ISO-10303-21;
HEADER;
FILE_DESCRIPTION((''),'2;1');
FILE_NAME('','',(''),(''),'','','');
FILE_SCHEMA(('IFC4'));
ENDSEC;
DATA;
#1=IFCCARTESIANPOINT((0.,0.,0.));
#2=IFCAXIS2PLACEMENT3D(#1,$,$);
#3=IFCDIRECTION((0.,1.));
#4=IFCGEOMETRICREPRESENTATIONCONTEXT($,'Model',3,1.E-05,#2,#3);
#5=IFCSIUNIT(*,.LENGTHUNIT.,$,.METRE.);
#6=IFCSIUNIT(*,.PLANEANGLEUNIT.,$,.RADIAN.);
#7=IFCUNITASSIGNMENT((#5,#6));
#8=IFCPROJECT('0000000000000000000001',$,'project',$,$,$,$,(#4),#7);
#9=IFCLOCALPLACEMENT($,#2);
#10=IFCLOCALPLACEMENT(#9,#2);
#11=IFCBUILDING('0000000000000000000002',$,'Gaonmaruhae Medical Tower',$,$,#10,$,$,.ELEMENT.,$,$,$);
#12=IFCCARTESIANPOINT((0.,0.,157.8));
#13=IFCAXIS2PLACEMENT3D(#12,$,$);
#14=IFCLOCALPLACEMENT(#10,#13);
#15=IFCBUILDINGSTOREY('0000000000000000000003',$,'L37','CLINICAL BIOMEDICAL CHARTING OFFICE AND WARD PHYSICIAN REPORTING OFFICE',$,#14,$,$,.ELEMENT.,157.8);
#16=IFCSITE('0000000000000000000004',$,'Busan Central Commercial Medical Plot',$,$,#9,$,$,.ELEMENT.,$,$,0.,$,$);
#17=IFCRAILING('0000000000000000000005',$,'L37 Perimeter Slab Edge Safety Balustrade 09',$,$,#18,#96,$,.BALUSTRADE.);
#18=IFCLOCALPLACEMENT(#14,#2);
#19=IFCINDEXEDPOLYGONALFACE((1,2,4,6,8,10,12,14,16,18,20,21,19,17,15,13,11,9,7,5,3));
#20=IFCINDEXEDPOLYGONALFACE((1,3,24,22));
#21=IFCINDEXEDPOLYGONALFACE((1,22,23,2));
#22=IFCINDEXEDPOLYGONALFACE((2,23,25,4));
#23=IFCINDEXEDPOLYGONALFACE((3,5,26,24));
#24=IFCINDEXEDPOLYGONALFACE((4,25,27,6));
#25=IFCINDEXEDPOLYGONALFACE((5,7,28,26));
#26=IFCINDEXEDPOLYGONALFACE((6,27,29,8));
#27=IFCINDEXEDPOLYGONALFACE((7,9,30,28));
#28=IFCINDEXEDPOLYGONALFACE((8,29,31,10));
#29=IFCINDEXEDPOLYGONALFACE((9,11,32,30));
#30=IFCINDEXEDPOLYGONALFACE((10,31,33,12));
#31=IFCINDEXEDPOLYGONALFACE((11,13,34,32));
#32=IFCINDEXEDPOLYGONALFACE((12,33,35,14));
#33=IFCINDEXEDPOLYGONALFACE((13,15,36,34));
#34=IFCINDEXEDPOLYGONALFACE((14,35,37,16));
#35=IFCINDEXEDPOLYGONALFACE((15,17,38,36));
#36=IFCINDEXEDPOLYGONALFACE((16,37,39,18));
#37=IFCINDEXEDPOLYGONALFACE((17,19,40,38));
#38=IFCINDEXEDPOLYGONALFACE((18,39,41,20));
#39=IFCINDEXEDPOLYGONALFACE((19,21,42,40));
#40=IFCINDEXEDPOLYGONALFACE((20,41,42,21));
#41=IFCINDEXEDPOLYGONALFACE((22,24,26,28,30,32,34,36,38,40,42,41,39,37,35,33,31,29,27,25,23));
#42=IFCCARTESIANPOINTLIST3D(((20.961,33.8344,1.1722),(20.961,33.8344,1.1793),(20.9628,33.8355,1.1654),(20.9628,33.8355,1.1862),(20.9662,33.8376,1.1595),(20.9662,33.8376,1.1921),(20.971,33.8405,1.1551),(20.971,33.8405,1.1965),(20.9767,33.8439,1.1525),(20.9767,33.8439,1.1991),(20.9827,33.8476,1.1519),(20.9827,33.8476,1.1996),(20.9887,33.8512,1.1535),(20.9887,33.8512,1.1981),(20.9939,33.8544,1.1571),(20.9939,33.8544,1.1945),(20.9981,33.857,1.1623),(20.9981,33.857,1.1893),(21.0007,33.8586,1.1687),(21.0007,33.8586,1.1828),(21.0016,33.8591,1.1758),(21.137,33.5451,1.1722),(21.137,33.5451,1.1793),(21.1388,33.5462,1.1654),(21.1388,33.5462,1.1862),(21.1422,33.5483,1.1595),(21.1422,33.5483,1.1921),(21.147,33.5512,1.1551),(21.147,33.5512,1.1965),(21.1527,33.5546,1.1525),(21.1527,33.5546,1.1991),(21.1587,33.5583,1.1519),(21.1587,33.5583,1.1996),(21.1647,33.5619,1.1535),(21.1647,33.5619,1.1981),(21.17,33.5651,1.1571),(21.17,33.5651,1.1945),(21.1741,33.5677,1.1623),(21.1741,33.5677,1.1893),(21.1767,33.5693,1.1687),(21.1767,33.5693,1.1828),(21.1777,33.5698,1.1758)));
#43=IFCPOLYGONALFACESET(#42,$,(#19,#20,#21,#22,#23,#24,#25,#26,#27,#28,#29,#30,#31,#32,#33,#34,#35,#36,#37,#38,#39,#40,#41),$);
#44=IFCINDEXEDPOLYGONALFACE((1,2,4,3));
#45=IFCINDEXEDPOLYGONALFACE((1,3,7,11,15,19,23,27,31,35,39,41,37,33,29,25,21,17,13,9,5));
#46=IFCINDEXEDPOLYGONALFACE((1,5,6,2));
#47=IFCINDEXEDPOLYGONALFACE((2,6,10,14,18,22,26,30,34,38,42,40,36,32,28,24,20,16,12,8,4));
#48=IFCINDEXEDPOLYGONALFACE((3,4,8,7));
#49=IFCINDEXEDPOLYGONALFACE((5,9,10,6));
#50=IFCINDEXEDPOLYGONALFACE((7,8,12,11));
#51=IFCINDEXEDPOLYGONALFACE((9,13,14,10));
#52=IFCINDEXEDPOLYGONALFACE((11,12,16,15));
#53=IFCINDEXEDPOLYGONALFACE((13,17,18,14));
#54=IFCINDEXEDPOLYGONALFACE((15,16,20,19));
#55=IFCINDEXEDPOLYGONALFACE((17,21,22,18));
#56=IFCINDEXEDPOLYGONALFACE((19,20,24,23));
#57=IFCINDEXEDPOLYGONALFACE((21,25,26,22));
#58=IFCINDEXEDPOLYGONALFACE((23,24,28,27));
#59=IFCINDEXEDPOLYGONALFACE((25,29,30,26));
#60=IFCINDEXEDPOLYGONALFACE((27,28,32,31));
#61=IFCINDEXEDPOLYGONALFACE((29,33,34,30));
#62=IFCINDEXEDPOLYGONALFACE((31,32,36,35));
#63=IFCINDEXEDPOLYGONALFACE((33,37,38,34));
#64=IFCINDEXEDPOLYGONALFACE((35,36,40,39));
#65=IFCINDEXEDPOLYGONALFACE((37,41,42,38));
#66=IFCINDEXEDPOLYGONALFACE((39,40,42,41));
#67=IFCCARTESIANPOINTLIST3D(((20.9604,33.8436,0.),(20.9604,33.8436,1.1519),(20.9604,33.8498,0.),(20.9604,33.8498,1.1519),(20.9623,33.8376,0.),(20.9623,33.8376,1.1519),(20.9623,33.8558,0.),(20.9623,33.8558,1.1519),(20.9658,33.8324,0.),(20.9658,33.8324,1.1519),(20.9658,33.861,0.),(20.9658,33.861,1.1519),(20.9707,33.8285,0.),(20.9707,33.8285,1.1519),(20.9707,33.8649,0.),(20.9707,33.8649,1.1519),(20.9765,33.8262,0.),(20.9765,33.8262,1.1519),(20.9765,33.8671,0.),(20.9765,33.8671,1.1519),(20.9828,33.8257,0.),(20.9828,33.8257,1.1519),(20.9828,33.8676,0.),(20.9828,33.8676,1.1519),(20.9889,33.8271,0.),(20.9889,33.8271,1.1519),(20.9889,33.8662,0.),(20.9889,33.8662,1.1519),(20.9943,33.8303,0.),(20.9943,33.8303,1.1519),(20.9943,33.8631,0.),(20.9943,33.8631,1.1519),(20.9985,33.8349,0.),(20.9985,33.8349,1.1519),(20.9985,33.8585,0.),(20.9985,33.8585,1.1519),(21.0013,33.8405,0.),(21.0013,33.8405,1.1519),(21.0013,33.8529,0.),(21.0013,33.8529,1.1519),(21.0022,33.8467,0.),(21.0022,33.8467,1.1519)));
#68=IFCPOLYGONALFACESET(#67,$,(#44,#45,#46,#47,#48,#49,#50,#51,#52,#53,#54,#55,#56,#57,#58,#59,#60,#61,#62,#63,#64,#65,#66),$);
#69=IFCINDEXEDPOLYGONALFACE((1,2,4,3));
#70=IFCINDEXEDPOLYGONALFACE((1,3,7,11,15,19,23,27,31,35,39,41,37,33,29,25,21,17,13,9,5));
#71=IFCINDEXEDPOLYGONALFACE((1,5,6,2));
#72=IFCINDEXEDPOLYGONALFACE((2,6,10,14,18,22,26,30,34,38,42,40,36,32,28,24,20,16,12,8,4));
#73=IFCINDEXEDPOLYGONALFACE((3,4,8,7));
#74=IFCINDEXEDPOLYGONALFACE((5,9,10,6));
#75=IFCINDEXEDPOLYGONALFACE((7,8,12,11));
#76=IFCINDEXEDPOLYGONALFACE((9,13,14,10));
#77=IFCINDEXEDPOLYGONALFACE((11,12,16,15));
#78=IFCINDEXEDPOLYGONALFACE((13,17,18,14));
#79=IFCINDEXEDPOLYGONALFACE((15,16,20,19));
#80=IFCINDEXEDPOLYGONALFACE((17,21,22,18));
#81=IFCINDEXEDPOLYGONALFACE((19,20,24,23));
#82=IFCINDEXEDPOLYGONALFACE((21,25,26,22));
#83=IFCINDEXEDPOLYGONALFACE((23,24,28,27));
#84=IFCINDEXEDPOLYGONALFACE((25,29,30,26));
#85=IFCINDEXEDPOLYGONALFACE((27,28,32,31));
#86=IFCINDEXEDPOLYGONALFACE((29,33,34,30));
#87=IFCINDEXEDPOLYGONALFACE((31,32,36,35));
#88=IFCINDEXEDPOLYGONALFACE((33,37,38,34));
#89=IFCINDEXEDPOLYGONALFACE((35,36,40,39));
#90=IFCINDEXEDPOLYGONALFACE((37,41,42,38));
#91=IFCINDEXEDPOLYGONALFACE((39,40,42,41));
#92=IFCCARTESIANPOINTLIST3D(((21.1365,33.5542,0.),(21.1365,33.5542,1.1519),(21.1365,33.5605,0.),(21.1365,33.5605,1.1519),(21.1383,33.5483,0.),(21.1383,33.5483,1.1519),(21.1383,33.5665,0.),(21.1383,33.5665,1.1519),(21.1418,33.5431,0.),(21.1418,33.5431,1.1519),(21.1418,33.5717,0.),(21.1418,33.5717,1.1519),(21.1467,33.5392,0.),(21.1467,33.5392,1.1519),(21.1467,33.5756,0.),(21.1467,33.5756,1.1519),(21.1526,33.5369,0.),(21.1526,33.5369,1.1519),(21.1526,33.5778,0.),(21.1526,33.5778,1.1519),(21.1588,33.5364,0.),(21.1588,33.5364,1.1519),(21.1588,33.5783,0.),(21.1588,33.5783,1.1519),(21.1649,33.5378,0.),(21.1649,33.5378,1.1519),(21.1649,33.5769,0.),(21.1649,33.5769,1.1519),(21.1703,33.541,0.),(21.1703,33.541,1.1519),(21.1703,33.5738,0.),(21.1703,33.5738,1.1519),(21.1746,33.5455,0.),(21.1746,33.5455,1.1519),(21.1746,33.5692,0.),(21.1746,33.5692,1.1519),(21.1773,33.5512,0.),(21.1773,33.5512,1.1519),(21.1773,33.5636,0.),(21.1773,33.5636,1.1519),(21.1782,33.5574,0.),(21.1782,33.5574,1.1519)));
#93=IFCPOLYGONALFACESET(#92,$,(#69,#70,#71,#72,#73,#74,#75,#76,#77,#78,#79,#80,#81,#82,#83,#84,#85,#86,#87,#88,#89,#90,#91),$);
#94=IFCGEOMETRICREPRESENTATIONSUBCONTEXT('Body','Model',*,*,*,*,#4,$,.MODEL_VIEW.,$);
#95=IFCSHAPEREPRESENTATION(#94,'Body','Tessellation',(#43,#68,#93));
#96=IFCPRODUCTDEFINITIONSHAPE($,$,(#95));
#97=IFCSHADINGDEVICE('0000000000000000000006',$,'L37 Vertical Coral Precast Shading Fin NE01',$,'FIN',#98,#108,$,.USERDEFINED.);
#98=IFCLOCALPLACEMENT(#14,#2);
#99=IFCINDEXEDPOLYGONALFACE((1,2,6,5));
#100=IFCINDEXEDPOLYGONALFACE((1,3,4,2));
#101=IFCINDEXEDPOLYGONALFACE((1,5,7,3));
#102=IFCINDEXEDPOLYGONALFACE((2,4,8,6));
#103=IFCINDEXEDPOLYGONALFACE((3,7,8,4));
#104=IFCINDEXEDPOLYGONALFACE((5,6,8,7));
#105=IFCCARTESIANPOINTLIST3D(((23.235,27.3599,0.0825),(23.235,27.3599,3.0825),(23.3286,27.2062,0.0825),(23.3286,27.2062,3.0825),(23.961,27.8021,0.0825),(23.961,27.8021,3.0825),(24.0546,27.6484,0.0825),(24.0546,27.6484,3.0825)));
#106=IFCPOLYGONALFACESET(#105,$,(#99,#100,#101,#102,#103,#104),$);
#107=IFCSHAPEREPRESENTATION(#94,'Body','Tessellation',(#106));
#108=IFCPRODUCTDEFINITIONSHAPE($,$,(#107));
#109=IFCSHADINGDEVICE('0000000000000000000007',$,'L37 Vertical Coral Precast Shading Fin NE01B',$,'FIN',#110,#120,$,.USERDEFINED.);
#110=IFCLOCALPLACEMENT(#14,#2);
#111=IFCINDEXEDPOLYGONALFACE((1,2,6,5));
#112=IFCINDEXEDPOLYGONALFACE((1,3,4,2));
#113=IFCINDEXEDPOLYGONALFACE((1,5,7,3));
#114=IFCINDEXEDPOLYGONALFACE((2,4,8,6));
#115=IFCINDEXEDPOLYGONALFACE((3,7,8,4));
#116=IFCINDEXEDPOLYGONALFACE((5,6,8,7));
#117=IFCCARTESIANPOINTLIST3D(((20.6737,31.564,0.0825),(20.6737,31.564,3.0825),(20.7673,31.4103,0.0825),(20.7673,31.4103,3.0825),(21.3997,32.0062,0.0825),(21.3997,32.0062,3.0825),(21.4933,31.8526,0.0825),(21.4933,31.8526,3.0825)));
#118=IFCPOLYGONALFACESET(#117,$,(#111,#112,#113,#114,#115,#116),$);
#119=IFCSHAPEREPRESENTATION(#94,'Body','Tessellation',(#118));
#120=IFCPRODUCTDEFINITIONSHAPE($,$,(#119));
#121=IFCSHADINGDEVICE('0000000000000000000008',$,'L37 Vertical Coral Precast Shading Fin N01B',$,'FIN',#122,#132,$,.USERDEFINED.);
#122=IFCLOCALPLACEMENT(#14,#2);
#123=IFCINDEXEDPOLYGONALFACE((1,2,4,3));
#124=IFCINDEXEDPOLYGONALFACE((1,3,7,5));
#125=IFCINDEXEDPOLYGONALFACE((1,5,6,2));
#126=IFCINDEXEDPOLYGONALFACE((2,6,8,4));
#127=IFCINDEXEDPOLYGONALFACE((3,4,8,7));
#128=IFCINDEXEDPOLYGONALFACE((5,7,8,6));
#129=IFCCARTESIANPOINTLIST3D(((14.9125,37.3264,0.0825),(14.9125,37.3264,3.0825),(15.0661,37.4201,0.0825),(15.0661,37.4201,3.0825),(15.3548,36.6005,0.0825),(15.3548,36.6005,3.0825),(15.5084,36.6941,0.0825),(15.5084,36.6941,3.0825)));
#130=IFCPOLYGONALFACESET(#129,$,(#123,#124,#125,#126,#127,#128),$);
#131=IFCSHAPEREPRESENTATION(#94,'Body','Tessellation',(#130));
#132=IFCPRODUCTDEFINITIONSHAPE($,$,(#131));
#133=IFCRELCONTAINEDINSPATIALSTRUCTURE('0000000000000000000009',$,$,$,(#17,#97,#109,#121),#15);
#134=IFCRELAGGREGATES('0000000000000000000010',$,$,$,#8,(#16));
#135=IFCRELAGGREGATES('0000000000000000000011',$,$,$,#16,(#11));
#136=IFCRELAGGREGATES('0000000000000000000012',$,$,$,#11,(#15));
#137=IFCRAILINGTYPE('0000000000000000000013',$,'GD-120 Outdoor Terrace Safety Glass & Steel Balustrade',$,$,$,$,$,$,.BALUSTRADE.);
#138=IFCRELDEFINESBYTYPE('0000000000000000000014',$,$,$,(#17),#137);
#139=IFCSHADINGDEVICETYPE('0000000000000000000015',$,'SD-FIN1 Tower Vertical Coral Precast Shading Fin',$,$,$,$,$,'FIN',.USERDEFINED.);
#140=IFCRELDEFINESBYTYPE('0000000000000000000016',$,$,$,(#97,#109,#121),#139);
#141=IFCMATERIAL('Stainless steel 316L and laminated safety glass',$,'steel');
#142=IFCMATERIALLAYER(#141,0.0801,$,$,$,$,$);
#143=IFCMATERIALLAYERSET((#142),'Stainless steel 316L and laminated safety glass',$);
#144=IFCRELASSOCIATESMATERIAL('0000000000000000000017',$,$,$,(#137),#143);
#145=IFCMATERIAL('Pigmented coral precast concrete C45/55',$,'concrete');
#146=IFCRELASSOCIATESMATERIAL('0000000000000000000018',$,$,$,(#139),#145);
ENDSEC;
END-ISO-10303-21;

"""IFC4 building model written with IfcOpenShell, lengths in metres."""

from ifc_helpers import new_model, si_unit, direction, frame, origin, origin_2d, place, context, subcontext, project, spatial, rectangle, circle, extrude, material, layer, layer_set, type_object, element, save


model = new_model("IFC4")

# Units and contexts
model_context = context("Model", 3, precision=1e-05, world=origin(), true_north=direction((0.0, 1.0)))
body_context = subcontext(model_context, "Body", "Model", "MODEL_VIEW")
ifc_project = project(units=[si_unit("LENGTHUNIT", "METRE"), si_unit("PLANEANGLEUNIT", "RADIAN")], contexts=[model_context])

# Site, building, storey
site_placement = place(None, origin())
site = spatial("IfcSite", under=ifc_project, at=site_placement, Name="Busan Central Commercial Medical Plot", CompositionType="ELEMENT", RefElevation=0.0)
building_placement = place(site_placement, origin())
building = spatial("IfcBuilding", under=site, at=building_placement, Name="Gaonmaruhae Medical Tower", CompositionType="ELEMENT")
storey_placement = place(building_placement, frame((0.0, 0.0, 157.8)))
storey = spatial("IfcBuildingStorey", under=building, at=storey_placement, Name="L37", Description="CLINICAL BIOMEDICAL CHARTING OFFICE AND WARD PHYSICIAN REPORTING OFFICE", CompositionType="ELEMENT", Elevation=157.8)

# Railing
ifc_material_1 = material(Name="Stainless steel 316L and laminated safety glass", Category="steel")
ifc_layer_1 = layer(ifc_material_1, 0.0801)
ifc_layer_set_1 = layer_set([ifc_layer_1], Name="Stainless steel 316L and laminated safety glass")
railing_type = type_object("IfcRailingType", Name="GD-120 Outdoor Terrace Safety Glass & Steel Balustrade", PredefinedType="BALUSTRADE", material=ifc_layer_set_1)
railing_placement = place(storey_placement, frame((20.9812, 33.8467, 0.0)))
element("IfcRailing", 1, at=railing_placement, inside=storey, type_object=railing_type, Name="L37 Perimeter Slab Edge Safety Balustrade 09", PredefinedType="BALUSTRADE", context=body_context, shape_type="SweptSolid", body=[
    extrude(circle(Radius=0.0239, at=origin_2d()), frame((0.0, 0.0, 1.1758), z_axis=(0.519787, -0.854296, 0.0), x_axis=(0.854296, 0.519787, 0.0)), (0.0, 0.0, 1.0), 0.3386),
    extrude(circle(Radius=0.021, at=origin_2d()), origin(), (0.0, 0.0, 1.0), 1.1519),
    extrude(circle(Radius=0.021, at=origin_2d()), frame((0.176, -0.2893, 0.0)), (0.0, 0.0, 1.0), 1.1519),
])

# Shading devices
ifc_material_2 = material(Name="Pigmented coral precast concrete C45/55", Category="concrete")
shading_device_type = type_object("IfcShadingDeviceType", Name="SD-FIN1 Tower Vertical Coral Precast Shading Fin", ElementType="FIN", PredefinedType="USERDEFINED", material=ifc_material_2)
for number, where, z_axis, x_axis, name in (
    (2, (23.6448, 27.5042, 0.0825), (0.0, 0.0, 1.0), (-0.52025, 0.854014, 0.0), "L37 Vertical Coral Precast Shading Fin NE01"),
    (3, (21.0835, 31.7083, 0.0825), (0.0, 0.0, 1.0), (-0.52025, 0.854014, 0.0), "L37 Vertical Coral Precast Shading Fin NE01B"),
    (4, (15.2104, 37.0103, 0.0825), (0.0, 0.0, 1.0), (0.854005, 0.520265, 0.0), "L37 Vertical Coral Precast Shading Fin N01B"),
):
    element("IfcShadingDevice", number, at=place(storey_placement, frame(where, z_axis=z_axis, x_axis=x_axis)), inside=storey, type_object=shading_device_type, Name=name, ObjectType="FIN", PredefinedType="USERDEFINED", context=body_context, shape_type="SweptSolid", body=[
        extrude(rectangle(XDim=0.1799, YDim=0.8501, at=origin_2d()), origin(), (0.0, 0.0, 1.0), 3.0),
    ])

save(model, "model.ifc")
